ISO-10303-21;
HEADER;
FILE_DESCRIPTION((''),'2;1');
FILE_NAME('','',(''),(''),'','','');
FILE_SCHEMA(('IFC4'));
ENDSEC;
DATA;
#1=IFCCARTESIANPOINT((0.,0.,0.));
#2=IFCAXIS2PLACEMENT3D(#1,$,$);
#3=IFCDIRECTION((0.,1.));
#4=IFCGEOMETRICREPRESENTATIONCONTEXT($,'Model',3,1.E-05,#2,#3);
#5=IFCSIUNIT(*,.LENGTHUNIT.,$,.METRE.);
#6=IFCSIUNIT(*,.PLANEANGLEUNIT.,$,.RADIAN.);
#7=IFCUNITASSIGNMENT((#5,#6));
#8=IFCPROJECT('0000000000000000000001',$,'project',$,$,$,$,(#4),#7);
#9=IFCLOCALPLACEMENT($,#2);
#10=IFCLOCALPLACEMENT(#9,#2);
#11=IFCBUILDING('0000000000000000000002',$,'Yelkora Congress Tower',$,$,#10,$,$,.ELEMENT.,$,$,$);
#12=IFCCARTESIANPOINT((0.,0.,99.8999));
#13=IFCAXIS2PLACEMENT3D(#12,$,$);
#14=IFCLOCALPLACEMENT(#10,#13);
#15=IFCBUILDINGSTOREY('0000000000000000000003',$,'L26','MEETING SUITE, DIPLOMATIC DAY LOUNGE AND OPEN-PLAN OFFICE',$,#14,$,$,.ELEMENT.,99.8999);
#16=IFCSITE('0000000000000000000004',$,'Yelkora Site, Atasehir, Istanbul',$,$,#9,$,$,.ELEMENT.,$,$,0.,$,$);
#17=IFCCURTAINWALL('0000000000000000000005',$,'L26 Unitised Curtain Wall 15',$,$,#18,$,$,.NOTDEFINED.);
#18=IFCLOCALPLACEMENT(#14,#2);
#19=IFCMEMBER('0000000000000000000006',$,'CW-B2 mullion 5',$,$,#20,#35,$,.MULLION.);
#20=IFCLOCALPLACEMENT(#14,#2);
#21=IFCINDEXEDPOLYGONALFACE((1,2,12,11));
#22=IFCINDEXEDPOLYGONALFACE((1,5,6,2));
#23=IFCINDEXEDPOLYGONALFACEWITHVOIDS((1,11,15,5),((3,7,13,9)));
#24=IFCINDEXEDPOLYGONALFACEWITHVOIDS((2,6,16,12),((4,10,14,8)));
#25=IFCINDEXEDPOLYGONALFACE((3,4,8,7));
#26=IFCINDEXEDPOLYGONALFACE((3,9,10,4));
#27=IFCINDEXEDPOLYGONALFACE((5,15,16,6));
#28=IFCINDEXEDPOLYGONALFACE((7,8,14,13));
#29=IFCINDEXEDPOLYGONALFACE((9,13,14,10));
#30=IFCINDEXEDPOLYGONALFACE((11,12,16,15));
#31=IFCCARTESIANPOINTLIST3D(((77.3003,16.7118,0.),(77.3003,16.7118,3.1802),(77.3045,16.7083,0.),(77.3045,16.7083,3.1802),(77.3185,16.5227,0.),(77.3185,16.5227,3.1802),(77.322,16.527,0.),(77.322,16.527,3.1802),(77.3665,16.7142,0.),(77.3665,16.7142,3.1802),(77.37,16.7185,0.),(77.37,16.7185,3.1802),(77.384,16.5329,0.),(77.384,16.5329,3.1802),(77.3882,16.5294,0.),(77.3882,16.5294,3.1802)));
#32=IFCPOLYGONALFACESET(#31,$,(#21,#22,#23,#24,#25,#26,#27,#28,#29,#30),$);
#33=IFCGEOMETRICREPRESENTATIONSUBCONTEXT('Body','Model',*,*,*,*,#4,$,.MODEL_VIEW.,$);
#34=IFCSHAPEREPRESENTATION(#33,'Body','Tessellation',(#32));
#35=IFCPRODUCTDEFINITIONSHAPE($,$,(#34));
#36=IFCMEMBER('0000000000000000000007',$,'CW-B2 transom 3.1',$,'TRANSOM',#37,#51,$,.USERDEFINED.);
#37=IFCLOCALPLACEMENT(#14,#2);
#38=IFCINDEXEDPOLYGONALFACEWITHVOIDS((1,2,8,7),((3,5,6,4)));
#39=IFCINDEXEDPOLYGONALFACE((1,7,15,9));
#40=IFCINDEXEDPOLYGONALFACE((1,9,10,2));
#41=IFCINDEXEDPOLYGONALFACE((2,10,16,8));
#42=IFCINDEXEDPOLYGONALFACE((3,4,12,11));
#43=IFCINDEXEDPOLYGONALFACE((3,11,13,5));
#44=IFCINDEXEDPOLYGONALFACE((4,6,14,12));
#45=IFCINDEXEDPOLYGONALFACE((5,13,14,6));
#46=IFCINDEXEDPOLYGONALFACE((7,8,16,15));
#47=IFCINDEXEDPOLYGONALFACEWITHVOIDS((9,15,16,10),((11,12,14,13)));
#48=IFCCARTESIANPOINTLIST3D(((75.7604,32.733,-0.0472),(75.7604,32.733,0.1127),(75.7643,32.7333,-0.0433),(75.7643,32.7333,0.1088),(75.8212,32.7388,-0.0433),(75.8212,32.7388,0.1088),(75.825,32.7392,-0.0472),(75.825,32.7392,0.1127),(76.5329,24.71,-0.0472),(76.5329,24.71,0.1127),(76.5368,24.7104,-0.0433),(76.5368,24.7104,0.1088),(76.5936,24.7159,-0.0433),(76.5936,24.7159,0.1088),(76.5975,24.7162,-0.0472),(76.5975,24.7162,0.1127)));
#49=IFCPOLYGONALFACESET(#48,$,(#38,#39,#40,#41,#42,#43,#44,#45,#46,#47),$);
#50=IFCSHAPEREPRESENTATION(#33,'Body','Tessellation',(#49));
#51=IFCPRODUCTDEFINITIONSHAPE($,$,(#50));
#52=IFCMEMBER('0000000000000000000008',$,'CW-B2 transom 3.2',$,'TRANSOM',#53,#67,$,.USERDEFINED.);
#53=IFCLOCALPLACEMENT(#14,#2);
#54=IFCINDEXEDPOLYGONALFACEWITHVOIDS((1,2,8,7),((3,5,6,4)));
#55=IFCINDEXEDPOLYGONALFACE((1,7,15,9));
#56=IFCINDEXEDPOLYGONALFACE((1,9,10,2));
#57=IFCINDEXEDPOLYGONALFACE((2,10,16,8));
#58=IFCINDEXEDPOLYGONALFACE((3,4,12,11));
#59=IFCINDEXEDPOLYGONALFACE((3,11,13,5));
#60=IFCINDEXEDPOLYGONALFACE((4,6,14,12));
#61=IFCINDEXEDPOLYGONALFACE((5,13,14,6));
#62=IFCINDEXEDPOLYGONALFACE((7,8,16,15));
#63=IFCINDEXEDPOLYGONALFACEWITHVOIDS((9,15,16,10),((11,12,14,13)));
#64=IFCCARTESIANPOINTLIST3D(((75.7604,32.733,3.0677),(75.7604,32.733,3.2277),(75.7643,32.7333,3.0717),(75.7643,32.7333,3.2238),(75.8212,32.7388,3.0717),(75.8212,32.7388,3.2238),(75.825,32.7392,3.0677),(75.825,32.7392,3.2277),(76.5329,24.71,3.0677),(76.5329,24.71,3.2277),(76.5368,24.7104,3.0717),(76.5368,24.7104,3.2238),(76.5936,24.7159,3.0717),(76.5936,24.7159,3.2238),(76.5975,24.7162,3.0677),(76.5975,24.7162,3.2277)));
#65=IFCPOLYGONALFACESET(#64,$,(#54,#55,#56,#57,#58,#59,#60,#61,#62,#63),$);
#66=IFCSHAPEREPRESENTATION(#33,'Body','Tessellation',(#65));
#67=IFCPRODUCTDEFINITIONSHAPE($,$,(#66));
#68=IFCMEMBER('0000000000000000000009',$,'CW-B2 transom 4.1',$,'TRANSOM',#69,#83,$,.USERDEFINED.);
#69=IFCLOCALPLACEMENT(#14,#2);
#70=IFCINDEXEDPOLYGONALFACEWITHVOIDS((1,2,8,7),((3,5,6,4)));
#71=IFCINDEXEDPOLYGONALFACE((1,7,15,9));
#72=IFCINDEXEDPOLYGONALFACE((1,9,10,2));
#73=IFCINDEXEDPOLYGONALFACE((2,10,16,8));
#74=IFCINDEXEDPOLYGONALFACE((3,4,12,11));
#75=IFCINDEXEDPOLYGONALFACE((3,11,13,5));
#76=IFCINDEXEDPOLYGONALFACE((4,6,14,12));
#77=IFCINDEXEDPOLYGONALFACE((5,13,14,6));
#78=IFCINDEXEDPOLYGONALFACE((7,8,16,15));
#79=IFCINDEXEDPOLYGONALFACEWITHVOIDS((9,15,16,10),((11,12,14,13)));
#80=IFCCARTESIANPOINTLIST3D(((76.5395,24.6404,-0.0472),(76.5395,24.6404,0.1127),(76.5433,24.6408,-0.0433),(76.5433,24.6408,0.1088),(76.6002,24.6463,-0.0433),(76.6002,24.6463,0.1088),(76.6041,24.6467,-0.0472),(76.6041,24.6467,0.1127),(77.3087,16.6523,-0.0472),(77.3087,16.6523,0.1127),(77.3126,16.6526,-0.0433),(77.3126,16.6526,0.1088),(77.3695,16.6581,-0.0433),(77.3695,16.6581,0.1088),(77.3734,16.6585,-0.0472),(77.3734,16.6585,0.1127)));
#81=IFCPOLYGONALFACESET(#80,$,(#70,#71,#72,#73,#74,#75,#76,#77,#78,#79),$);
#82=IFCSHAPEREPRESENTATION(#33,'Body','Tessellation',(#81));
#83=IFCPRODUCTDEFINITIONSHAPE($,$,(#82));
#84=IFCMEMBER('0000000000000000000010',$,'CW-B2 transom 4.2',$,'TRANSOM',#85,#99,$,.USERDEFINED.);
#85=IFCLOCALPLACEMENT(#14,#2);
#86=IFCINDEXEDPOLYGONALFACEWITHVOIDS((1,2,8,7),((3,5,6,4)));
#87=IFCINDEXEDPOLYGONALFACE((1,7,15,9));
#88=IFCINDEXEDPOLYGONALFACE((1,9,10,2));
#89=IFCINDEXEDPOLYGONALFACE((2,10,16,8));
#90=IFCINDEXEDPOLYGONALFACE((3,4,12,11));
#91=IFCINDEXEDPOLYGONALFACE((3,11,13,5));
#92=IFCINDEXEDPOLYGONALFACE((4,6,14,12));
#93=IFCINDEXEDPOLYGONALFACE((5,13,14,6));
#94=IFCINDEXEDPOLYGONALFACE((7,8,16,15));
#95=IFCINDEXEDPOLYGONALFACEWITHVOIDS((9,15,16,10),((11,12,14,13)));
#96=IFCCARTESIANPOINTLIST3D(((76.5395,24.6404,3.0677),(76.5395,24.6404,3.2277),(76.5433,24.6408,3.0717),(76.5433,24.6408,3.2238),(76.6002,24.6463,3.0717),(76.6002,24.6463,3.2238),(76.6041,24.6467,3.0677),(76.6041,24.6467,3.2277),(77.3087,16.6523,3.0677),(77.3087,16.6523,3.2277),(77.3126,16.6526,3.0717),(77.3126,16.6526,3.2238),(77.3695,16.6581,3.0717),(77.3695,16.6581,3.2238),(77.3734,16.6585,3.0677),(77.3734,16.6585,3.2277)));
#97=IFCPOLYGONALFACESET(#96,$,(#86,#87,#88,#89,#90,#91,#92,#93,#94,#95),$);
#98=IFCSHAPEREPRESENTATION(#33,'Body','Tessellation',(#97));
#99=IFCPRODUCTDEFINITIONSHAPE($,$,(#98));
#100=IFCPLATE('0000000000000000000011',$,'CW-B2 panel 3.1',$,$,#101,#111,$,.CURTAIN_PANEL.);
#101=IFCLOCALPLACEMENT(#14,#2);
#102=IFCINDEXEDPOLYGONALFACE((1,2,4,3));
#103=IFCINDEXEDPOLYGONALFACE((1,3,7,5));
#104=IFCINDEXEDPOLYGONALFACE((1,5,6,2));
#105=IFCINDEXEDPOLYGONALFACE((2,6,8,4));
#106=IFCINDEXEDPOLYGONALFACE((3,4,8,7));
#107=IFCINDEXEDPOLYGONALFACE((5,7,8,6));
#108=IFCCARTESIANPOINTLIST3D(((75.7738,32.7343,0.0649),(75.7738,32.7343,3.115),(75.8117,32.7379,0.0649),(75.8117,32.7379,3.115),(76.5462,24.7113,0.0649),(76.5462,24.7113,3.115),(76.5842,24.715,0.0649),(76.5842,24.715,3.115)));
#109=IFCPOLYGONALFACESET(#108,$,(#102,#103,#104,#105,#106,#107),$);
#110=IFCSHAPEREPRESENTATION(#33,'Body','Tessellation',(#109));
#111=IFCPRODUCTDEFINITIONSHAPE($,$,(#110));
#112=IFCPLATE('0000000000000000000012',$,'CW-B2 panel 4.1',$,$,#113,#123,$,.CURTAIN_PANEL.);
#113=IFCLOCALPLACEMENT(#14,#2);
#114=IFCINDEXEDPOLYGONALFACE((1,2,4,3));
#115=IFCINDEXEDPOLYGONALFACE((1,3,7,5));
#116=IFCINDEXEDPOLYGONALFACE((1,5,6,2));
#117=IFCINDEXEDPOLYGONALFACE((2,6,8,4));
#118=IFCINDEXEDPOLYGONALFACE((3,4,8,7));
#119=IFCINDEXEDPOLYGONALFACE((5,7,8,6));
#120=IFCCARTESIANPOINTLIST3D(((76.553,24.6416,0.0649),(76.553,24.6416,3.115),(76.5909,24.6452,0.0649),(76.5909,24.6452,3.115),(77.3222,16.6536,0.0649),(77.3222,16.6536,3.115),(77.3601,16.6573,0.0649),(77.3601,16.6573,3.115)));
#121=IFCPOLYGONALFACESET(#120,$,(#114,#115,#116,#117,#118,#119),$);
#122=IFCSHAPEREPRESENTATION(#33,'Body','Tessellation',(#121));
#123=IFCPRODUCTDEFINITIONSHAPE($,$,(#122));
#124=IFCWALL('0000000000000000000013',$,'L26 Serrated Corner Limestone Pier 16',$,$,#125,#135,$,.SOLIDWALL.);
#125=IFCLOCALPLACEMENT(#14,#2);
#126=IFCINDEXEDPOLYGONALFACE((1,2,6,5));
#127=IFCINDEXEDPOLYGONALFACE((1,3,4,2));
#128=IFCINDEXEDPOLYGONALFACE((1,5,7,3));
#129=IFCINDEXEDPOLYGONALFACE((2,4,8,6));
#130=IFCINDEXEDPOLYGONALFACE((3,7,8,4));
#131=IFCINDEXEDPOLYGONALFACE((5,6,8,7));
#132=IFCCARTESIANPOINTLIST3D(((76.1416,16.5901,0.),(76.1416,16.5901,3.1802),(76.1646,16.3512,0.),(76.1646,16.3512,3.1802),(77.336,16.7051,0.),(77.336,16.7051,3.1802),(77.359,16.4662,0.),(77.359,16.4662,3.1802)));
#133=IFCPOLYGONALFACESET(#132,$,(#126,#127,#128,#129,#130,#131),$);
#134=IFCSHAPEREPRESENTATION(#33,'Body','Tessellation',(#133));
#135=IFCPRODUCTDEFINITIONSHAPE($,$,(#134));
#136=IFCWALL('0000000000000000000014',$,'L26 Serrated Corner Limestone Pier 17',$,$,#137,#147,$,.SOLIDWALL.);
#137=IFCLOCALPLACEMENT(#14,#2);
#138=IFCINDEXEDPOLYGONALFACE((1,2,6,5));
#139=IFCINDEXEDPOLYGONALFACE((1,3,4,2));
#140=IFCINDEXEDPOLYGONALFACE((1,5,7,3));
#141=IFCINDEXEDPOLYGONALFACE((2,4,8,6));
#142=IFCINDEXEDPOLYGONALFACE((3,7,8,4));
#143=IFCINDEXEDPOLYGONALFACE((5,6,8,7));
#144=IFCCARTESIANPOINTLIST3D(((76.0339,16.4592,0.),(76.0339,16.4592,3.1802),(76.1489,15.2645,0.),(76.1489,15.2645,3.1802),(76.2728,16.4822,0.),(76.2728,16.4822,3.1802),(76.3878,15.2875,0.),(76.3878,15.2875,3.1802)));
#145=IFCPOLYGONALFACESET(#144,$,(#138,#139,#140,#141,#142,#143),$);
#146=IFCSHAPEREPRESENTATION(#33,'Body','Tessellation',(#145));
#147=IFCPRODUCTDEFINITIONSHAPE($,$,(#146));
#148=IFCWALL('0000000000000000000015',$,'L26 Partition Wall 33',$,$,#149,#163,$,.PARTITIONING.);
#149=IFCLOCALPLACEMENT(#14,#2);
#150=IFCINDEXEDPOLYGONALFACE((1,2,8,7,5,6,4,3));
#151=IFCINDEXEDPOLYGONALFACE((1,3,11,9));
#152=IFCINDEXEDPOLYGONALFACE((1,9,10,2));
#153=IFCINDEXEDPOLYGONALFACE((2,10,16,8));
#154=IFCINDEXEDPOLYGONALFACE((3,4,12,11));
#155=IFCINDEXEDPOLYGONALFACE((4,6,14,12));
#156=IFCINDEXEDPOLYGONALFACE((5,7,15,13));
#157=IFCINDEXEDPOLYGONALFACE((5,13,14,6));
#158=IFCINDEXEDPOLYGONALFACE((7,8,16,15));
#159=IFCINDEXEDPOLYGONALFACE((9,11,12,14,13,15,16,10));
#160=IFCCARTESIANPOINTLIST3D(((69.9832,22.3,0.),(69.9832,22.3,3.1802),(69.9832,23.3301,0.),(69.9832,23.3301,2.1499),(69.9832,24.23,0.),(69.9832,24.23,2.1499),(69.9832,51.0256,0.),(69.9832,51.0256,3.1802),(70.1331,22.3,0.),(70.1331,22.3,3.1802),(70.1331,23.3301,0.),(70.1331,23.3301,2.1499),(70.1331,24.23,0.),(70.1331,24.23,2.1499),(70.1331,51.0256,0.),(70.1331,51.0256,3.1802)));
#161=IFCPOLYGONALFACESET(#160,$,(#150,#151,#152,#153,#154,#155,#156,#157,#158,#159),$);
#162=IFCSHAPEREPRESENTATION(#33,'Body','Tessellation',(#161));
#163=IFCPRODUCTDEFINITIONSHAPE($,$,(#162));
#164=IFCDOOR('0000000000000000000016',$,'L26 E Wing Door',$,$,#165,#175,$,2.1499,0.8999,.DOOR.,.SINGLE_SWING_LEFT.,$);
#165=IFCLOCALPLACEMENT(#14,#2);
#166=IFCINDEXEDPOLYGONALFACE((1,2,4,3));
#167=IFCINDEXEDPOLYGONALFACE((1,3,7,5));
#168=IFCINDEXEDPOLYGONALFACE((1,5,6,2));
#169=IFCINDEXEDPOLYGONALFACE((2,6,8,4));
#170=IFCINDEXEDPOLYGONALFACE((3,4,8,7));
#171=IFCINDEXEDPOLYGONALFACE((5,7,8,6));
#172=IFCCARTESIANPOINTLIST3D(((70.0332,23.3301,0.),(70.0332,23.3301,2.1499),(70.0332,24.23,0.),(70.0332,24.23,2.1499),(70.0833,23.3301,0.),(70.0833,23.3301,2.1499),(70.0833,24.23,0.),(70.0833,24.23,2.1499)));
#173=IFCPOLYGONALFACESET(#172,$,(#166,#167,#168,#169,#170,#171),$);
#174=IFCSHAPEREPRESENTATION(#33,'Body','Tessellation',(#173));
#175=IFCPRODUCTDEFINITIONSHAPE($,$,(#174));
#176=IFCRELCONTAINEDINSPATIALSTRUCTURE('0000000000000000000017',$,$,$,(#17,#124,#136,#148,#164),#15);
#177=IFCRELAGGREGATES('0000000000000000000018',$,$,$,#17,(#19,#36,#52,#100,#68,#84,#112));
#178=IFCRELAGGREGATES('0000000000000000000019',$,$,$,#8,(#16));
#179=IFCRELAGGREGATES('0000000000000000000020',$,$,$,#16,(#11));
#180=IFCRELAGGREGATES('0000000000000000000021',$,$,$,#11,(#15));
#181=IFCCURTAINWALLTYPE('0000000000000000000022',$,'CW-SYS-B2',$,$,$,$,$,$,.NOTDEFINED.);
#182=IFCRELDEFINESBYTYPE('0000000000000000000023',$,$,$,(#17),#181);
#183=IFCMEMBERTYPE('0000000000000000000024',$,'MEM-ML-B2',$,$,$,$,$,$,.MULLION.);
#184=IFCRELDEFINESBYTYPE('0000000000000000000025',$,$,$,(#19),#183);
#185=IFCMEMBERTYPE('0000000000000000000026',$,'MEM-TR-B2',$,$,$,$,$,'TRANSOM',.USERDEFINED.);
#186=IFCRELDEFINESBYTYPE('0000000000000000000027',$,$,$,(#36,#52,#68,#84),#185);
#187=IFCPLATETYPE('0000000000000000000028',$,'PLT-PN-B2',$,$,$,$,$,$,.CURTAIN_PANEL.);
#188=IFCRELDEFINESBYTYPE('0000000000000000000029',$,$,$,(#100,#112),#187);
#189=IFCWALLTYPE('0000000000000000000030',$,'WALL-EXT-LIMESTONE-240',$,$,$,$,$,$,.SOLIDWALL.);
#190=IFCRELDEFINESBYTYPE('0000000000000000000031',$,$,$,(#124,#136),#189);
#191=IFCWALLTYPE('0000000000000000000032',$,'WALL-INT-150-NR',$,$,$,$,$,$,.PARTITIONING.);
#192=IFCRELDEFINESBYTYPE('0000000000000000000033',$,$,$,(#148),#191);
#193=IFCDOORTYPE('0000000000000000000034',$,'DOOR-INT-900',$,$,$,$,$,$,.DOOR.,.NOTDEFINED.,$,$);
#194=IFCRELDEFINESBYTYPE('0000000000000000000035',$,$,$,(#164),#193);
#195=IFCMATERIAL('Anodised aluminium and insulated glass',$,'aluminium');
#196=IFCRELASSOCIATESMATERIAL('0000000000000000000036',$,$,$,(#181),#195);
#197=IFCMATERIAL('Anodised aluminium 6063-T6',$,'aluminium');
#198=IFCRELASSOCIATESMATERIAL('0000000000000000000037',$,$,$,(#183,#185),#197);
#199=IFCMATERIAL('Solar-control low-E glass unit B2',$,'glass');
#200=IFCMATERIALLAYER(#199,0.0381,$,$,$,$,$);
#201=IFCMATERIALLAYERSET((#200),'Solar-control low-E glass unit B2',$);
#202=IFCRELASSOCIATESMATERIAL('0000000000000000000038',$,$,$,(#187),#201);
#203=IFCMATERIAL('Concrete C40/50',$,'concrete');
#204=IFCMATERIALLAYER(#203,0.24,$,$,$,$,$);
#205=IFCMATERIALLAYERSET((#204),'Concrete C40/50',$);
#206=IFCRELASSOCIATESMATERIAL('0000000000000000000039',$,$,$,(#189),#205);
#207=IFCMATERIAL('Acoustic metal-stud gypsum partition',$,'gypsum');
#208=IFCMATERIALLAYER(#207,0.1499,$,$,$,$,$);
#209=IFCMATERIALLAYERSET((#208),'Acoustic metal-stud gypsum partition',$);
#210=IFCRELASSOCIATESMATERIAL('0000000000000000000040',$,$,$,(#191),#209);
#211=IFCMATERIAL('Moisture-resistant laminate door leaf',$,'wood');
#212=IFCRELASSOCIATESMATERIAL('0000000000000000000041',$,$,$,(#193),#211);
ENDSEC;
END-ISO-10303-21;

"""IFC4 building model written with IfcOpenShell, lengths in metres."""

from ifc_helpers import new_model, si_unit, direction, frame, frame_2d, origin, origin_2d, place, context, subcontext, project, spatial, rectangle, hollow_rectangle, extrude, material, layer, layer_set, material_profile, profile_set, type_object, element, fill, aggregate, save


model = new_model("IFC4")

# Units and contexts
model_context = context("Model", 3, precision=1e-05, world=origin(), true_north=direction((0.0, 1.0)))
body_context = subcontext(model_context, "Body", "Model", "MODEL_VIEW")
ifc_project = project(units=[si_unit("LENGTHUNIT", "METRE"), si_unit("PLANEANGLEUNIT", "RADIAN")], contexts=[model_context])

# Site, building, storey
site_placement = place(None, origin())
site = spatial("IfcSite", under=ifc_project, at=site_placement, Name="Yelkora Site, Atasehir, Istanbul", CompositionType="ELEMENT", RefElevation=0.0)
building_placement = place(site_placement, origin())
building = spatial("IfcBuilding", under=site, at=building_placement, Name="Yelkora Congress Tower", CompositionType="ELEMENT")
storey_placement = place(building_placement, frame((0.0, 0.0, 99.8999)))
storey = spatial("IfcBuildingStorey", under=building, at=storey_placement, Name="L26", Description="MEETING SUITE, DIPLOMATIC DAY LOUNGE AND OPEN-PLAN OFFICE", CompositionType="ELEMENT", Elevation=99.8999)

# Curtain wall, members, plates
ifc_material_1 = material(Name="Anodised aluminium and insulated glass", Category="aluminium")
curtain_wall_type = type_object("IfcCurtainWallType", Name="CW-SYS-B2", PredefinedType="NOTDEFINED", material=ifc_material_1)
curtain_wall_placement = place(storey_placement, origin())
curtain_wall = element("IfcCurtainWall", 1, at=curtain_wall_placement, inside=storey, type_object=curtain_wall_type, Name="L26 Unitised Curtain Wall 15", PredefinedType="NOTDEFINED")
ifc_material_2 = material(Name="Anodised aluminium 6063-T6", Category="aluminium")
ifc_material_profile_1 = material_profile(ifc_material_2, hollow_rectangle(XDim=0.0701, YDim=0.1899, WallThickness=0.0039, at=origin_2d()), Name="ALU 70x190x4")
ifc_profile_set_1 = profile_set([ifc_material_profile_1], Name="Anodised aluminium 6063-T6")
member_type_1 = type_object("IfcMemberType", Name="MEM-ML-B2", PredefinedType="MULLION", material=ifc_profile_set_1)
member_1_placement = place(storey_placement, frame((77.3442, 16.6206, 0.0), z_axis=(0.0, 0.0, 1.0), x_axis=(0.995397, 0.095843, 0.0)))
member_1 = element("IfcMember", 2, at=member_1_placement, type_object=member_type_1, Name="CW-B2 mullion 5", PredefinedType="MULLION", context=body_context, shape_type="SweptSolid", body=[
    extrude(hollow_rectangle(XDim=0.0701, YDim=0.1899, WallThickness=0.0039, at=origin_2d()), origin(), (0.0, 0.0, 1.0), 3.1802),
])
ifc_material_profile_2 = material_profile(ifc_material_2, hollow_rectangle(XDim=0.0649, YDim=0.1599, WallThickness=0.0039, at=origin_2d()), Name="ALU 65x160x4")
ifc_profile_set_2 = profile_set([ifc_material_profile_2], Name="Anodised aluminium 6063-T6")
member_type_2 = type_object("IfcMemberType", Name="MEM-TR-B2", ElementType="TRANSOM", PredefinedType="USERDEFINED", material=ifc_profile_set_2)
member_2_placement = place(storey_placement, frame((75.7927, 32.7361, 0.0327), z_axis=(0.095838, -0.995397, 0.0), x_axis=(0.995397, 0.095838, 0.0)))
member_2 = element("IfcMember", 3, at=member_2_placement, type_object=member_type_2, Name="CW-B2 transom 3.1", ObjectType="TRANSOM", PredefinedType="USERDEFINED", context=body_context, shape_type="SweptSolid", body=[
    extrude(hollow_rectangle(XDim=0.0649, YDim=0.1599, WallThickness=0.0039, at=origin_2d()), origin(), (0.0, 0.0, 1.0), 8.0601),
])
member_3_placement = place(storey_placement, frame((75.7927, 32.7361, 3.1477), z_axis=(0.095838, -0.995397, 0.0), x_axis=(0.995397, 0.095838, 0.0)))
member_3 = element("IfcMember", 4, at=member_3_placement, type_object=member_type_2, Name="CW-B2 transom 3.2", ObjectType="TRANSOM", PredefinedType="USERDEFINED", context=body_context, shape_type="SweptSolid", body=[
    extrude(hollow_rectangle(XDim=0.0649, YDim=0.1599, WallThickness=0.0039, at=origin_2d()), origin(), (0.0, 0.0, 1.0), 8.0601),
])
member_4_placement = place(storey_placement, frame((76.5718, 24.6436, 0.0327), z_axis=(0.095858, -0.995395, 0.0), x_axis=(0.995395, 0.095858, 0.0)))
member_4 = element("IfcMember", 5, at=member_4_placement, type_object=member_type_2, Name="CW-B2 transom 4.1", ObjectType="TRANSOM", PredefinedType="USERDEFINED", context=body_context, shape_type="SweptSolid", body=[
    extrude(hollow_rectangle(XDim=0.0649, YDim=0.1599, WallThickness=0.0039, at=origin_2d()), origin(), (0.0, 0.0, 1.0), 8.0251),
])
member_5_placement = place(storey_placement, frame((76.5718, 24.6436, 3.1477), z_axis=(0.095858, -0.995395, 0.0), x_axis=(0.995395, 0.095858, 0.0)))
member_5 = element("IfcMember", 6, at=member_5_placement, type_object=member_type_2, Name="CW-B2 transom 4.2", ObjectType="TRANSOM", PredefinedType="USERDEFINED", context=body_context, shape_type="SweptSolid", body=[
    extrude(hollow_rectangle(XDim=0.0649, YDim=0.1599, WallThickness=0.0039, at=origin_2d()), origin(), (0.0, 0.0, 1.0), 8.0251),
])
ifc_material_3 = material(Name="Solar-control low-E glass unit B2", Category="glass")
ifc_layer_1 = layer(ifc_material_3, 0.0381)
ifc_layer_set_1 = layer_set([ifc_layer_1], Name="Solar-control low-E glass unit B2")
plate_type = type_object("IfcPlateType", Name="PLT-PN-B2", PredefinedType="CURTAIN_PANEL", material=ifc_layer_set_1)
plate_1_placement = place(storey_placement, frame((76.179, 28.7246, 0.0649), z_axis=(0.0, 0.0, 1.0), x_axis=(0.095843, -0.995397, 0.0)))
plate_1 = element("IfcPlate", 7, at=plate_1_placement, type_object=plate_type, Name="CW-B2 panel 3.1", PredefinedType="CURTAIN_PANEL", context=body_context, shape_type="SweptSolid", body=[
    extrude(rectangle(XDim=8.0601, YDim=0.0381, at=origin_2d()), origin(), (0.0, 0.0, 1.0), 3.05),
])
plate_2_placement = place(storey_placement, frame((76.9565, 20.6494, 0.0649), z_axis=(0.0, 0.0, 1.0), x_axis=(0.095843, -0.995397, 0.0)))
plate_2 = element("IfcPlate", 8, at=plate_2_placement, type_object=plate_type, Name="CW-B2 panel 4.1", PredefinedType="CURTAIN_PANEL", context=body_context, shape_type="SweptSolid", body=[
    extrude(rectangle(XDim=8.0249, YDim=0.0381, at=origin_2d()), origin(), (0.0, 0.0, 1.0), 3.05),
])
aggregate(curtain_wall, [member_1, member_2, member_3, plate_1, member_4, member_5, plate_2])

# Walls
ifc_material_4 = material(Name="Concrete C40/50", Category="concrete")
ifc_layer_2 = layer(ifc_material_4, 0.24)
ifc_layer_set_2 = layer_set([ifc_layer_2], Name="Concrete C40/50")
wall_type_1 = type_object("IfcWallType", Name="WALL-EXT-LIMESTONE-240", PredefinedType="SOLIDWALL", material=ifc_layer_set_2)
wall_1_placement = place(storey_placement, frame((77.3477, 16.5857, 0.0), z_axis=(0.0, 0.0, 1.0), x_axis=(-0.995397, -0.095836, 0.0)))
element("IfcWall", 9, at=wall_1_placement, inside=storey, type_object=wall_type_1, Name="L26 Serrated Corner Limestone Pier 16", PredefinedType="SOLIDWALL", context=body_context, shape_type="SweptSolid", body=[
    extrude(rectangle(XDim=1.2, YDim=0.24, at=frame_2d((0.6001, 0.0))), origin(), (0.0, 0.0, 1.0), 3.1802),
])
wall_2_placement = place(storey_placement, frame((76.1533, 16.4707, 0.0), z_axis=(0.0, 0.0, 1.0), x_axis=(0.095817, -0.995399, 0.0)))
element("IfcWall", 10, at=wall_2_placement, inside=storey, type_object=wall_type_1, Name="L26 Serrated Corner Limestone Pier 17", PredefinedType="SOLIDWALL", context=body_context, shape_type="SweptSolid", body=[
    extrude(rectangle(XDim=1.2002, YDim=0.24, at=frame_2d((0.6001, 0.0))), origin(), (0.0, 0.0, 1.0), 3.1802),
])

# Wall, opening, door
ifc_material_5 = material(Name="Acoustic metal-stud gypsum partition", Category="gypsum")
ifc_layer_3 = layer(ifc_material_5, 0.1499)
ifc_layer_set_3 = layer_set([ifc_layer_3], Name="Acoustic metal-stud gypsum partition")
wall_type_2 = type_object("IfcWallType", Name="WALL-INT-150-NR", PredefinedType="PARTITIONING", material=ifc_layer_set_3)
wall_3_placement = place(storey_placement, frame((70.0581, 22.3, 0.0), z_axis=(0.0, 0.0, 1.0), x_axis=(0.0, 1.0, 0.0)))
wall_3 = element("IfcWall", 11, at=wall_3_placement, inside=storey, type_object=wall_type_2, Name="L26 Partition Wall 33", PredefinedType="PARTITIONING", context=body_context, shape_type="SweptSolid", body=[
    extrude(rectangle(XDim=28.7256, YDim=0.1499, at=frame_2d((14.3628, 0.0))), origin(), (0.0, 0.0, 1.0), 3.1802),
])
opening_placement = place(wall_3_placement, frame((1.03, 0.0, 0.0)))
opening = element("IfcOpeningElement", 12, at=opening_placement, cuts=wall_3, PredefinedType="OPENING", context=body_context, shape_type="SweptSolid", body=[
    extrude(rectangle(XDim=0.8999, YDim=2.1499, at=frame_2d((0.45, 1.075))), frame((0.0, 0.085, 0.0), z_axis=(0.0, -1.0, 0.0), x_axis=(1.0, 0.0, 0.0)), (0.0, 0.0, 1.0), 0.1699),
])
ifc_material_6 = material(Name="Moisture-resistant laminate door leaf", Category="wood")
door_type = type_object("IfcDoorType", Name="DOOR-INT-900", OperationType="NOTDEFINED", PredefinedType="DOOR", material=ifc_material_6)
door_placement = place(opening_placement, origin())
door = element("IfcDoor", 13, at=door_placement, inside=storey, type_object=door_type, Name="L26 E Wing Door", OperationType="SINGLE_SWING_LEFT", OverallHeight=2.1499, OverallWidth=0.8999, PredefinedType="DOOR", context=body_context, shape_type="SweptSolid", body=[
    extrude(rectangle(XDim=0.8999, YDim=2.1499, at=frame_2d((0.45, 1.075))), frame((0.0, 0.0249, 0.0), z_axis=(0.0, -1.0, 0.0), x_axis=(1.0, 0.0, 0.0)), (0.0, 0.0, 1.0), 0.05),
])
fill(opening, door)

save(model, "model.ifc")
